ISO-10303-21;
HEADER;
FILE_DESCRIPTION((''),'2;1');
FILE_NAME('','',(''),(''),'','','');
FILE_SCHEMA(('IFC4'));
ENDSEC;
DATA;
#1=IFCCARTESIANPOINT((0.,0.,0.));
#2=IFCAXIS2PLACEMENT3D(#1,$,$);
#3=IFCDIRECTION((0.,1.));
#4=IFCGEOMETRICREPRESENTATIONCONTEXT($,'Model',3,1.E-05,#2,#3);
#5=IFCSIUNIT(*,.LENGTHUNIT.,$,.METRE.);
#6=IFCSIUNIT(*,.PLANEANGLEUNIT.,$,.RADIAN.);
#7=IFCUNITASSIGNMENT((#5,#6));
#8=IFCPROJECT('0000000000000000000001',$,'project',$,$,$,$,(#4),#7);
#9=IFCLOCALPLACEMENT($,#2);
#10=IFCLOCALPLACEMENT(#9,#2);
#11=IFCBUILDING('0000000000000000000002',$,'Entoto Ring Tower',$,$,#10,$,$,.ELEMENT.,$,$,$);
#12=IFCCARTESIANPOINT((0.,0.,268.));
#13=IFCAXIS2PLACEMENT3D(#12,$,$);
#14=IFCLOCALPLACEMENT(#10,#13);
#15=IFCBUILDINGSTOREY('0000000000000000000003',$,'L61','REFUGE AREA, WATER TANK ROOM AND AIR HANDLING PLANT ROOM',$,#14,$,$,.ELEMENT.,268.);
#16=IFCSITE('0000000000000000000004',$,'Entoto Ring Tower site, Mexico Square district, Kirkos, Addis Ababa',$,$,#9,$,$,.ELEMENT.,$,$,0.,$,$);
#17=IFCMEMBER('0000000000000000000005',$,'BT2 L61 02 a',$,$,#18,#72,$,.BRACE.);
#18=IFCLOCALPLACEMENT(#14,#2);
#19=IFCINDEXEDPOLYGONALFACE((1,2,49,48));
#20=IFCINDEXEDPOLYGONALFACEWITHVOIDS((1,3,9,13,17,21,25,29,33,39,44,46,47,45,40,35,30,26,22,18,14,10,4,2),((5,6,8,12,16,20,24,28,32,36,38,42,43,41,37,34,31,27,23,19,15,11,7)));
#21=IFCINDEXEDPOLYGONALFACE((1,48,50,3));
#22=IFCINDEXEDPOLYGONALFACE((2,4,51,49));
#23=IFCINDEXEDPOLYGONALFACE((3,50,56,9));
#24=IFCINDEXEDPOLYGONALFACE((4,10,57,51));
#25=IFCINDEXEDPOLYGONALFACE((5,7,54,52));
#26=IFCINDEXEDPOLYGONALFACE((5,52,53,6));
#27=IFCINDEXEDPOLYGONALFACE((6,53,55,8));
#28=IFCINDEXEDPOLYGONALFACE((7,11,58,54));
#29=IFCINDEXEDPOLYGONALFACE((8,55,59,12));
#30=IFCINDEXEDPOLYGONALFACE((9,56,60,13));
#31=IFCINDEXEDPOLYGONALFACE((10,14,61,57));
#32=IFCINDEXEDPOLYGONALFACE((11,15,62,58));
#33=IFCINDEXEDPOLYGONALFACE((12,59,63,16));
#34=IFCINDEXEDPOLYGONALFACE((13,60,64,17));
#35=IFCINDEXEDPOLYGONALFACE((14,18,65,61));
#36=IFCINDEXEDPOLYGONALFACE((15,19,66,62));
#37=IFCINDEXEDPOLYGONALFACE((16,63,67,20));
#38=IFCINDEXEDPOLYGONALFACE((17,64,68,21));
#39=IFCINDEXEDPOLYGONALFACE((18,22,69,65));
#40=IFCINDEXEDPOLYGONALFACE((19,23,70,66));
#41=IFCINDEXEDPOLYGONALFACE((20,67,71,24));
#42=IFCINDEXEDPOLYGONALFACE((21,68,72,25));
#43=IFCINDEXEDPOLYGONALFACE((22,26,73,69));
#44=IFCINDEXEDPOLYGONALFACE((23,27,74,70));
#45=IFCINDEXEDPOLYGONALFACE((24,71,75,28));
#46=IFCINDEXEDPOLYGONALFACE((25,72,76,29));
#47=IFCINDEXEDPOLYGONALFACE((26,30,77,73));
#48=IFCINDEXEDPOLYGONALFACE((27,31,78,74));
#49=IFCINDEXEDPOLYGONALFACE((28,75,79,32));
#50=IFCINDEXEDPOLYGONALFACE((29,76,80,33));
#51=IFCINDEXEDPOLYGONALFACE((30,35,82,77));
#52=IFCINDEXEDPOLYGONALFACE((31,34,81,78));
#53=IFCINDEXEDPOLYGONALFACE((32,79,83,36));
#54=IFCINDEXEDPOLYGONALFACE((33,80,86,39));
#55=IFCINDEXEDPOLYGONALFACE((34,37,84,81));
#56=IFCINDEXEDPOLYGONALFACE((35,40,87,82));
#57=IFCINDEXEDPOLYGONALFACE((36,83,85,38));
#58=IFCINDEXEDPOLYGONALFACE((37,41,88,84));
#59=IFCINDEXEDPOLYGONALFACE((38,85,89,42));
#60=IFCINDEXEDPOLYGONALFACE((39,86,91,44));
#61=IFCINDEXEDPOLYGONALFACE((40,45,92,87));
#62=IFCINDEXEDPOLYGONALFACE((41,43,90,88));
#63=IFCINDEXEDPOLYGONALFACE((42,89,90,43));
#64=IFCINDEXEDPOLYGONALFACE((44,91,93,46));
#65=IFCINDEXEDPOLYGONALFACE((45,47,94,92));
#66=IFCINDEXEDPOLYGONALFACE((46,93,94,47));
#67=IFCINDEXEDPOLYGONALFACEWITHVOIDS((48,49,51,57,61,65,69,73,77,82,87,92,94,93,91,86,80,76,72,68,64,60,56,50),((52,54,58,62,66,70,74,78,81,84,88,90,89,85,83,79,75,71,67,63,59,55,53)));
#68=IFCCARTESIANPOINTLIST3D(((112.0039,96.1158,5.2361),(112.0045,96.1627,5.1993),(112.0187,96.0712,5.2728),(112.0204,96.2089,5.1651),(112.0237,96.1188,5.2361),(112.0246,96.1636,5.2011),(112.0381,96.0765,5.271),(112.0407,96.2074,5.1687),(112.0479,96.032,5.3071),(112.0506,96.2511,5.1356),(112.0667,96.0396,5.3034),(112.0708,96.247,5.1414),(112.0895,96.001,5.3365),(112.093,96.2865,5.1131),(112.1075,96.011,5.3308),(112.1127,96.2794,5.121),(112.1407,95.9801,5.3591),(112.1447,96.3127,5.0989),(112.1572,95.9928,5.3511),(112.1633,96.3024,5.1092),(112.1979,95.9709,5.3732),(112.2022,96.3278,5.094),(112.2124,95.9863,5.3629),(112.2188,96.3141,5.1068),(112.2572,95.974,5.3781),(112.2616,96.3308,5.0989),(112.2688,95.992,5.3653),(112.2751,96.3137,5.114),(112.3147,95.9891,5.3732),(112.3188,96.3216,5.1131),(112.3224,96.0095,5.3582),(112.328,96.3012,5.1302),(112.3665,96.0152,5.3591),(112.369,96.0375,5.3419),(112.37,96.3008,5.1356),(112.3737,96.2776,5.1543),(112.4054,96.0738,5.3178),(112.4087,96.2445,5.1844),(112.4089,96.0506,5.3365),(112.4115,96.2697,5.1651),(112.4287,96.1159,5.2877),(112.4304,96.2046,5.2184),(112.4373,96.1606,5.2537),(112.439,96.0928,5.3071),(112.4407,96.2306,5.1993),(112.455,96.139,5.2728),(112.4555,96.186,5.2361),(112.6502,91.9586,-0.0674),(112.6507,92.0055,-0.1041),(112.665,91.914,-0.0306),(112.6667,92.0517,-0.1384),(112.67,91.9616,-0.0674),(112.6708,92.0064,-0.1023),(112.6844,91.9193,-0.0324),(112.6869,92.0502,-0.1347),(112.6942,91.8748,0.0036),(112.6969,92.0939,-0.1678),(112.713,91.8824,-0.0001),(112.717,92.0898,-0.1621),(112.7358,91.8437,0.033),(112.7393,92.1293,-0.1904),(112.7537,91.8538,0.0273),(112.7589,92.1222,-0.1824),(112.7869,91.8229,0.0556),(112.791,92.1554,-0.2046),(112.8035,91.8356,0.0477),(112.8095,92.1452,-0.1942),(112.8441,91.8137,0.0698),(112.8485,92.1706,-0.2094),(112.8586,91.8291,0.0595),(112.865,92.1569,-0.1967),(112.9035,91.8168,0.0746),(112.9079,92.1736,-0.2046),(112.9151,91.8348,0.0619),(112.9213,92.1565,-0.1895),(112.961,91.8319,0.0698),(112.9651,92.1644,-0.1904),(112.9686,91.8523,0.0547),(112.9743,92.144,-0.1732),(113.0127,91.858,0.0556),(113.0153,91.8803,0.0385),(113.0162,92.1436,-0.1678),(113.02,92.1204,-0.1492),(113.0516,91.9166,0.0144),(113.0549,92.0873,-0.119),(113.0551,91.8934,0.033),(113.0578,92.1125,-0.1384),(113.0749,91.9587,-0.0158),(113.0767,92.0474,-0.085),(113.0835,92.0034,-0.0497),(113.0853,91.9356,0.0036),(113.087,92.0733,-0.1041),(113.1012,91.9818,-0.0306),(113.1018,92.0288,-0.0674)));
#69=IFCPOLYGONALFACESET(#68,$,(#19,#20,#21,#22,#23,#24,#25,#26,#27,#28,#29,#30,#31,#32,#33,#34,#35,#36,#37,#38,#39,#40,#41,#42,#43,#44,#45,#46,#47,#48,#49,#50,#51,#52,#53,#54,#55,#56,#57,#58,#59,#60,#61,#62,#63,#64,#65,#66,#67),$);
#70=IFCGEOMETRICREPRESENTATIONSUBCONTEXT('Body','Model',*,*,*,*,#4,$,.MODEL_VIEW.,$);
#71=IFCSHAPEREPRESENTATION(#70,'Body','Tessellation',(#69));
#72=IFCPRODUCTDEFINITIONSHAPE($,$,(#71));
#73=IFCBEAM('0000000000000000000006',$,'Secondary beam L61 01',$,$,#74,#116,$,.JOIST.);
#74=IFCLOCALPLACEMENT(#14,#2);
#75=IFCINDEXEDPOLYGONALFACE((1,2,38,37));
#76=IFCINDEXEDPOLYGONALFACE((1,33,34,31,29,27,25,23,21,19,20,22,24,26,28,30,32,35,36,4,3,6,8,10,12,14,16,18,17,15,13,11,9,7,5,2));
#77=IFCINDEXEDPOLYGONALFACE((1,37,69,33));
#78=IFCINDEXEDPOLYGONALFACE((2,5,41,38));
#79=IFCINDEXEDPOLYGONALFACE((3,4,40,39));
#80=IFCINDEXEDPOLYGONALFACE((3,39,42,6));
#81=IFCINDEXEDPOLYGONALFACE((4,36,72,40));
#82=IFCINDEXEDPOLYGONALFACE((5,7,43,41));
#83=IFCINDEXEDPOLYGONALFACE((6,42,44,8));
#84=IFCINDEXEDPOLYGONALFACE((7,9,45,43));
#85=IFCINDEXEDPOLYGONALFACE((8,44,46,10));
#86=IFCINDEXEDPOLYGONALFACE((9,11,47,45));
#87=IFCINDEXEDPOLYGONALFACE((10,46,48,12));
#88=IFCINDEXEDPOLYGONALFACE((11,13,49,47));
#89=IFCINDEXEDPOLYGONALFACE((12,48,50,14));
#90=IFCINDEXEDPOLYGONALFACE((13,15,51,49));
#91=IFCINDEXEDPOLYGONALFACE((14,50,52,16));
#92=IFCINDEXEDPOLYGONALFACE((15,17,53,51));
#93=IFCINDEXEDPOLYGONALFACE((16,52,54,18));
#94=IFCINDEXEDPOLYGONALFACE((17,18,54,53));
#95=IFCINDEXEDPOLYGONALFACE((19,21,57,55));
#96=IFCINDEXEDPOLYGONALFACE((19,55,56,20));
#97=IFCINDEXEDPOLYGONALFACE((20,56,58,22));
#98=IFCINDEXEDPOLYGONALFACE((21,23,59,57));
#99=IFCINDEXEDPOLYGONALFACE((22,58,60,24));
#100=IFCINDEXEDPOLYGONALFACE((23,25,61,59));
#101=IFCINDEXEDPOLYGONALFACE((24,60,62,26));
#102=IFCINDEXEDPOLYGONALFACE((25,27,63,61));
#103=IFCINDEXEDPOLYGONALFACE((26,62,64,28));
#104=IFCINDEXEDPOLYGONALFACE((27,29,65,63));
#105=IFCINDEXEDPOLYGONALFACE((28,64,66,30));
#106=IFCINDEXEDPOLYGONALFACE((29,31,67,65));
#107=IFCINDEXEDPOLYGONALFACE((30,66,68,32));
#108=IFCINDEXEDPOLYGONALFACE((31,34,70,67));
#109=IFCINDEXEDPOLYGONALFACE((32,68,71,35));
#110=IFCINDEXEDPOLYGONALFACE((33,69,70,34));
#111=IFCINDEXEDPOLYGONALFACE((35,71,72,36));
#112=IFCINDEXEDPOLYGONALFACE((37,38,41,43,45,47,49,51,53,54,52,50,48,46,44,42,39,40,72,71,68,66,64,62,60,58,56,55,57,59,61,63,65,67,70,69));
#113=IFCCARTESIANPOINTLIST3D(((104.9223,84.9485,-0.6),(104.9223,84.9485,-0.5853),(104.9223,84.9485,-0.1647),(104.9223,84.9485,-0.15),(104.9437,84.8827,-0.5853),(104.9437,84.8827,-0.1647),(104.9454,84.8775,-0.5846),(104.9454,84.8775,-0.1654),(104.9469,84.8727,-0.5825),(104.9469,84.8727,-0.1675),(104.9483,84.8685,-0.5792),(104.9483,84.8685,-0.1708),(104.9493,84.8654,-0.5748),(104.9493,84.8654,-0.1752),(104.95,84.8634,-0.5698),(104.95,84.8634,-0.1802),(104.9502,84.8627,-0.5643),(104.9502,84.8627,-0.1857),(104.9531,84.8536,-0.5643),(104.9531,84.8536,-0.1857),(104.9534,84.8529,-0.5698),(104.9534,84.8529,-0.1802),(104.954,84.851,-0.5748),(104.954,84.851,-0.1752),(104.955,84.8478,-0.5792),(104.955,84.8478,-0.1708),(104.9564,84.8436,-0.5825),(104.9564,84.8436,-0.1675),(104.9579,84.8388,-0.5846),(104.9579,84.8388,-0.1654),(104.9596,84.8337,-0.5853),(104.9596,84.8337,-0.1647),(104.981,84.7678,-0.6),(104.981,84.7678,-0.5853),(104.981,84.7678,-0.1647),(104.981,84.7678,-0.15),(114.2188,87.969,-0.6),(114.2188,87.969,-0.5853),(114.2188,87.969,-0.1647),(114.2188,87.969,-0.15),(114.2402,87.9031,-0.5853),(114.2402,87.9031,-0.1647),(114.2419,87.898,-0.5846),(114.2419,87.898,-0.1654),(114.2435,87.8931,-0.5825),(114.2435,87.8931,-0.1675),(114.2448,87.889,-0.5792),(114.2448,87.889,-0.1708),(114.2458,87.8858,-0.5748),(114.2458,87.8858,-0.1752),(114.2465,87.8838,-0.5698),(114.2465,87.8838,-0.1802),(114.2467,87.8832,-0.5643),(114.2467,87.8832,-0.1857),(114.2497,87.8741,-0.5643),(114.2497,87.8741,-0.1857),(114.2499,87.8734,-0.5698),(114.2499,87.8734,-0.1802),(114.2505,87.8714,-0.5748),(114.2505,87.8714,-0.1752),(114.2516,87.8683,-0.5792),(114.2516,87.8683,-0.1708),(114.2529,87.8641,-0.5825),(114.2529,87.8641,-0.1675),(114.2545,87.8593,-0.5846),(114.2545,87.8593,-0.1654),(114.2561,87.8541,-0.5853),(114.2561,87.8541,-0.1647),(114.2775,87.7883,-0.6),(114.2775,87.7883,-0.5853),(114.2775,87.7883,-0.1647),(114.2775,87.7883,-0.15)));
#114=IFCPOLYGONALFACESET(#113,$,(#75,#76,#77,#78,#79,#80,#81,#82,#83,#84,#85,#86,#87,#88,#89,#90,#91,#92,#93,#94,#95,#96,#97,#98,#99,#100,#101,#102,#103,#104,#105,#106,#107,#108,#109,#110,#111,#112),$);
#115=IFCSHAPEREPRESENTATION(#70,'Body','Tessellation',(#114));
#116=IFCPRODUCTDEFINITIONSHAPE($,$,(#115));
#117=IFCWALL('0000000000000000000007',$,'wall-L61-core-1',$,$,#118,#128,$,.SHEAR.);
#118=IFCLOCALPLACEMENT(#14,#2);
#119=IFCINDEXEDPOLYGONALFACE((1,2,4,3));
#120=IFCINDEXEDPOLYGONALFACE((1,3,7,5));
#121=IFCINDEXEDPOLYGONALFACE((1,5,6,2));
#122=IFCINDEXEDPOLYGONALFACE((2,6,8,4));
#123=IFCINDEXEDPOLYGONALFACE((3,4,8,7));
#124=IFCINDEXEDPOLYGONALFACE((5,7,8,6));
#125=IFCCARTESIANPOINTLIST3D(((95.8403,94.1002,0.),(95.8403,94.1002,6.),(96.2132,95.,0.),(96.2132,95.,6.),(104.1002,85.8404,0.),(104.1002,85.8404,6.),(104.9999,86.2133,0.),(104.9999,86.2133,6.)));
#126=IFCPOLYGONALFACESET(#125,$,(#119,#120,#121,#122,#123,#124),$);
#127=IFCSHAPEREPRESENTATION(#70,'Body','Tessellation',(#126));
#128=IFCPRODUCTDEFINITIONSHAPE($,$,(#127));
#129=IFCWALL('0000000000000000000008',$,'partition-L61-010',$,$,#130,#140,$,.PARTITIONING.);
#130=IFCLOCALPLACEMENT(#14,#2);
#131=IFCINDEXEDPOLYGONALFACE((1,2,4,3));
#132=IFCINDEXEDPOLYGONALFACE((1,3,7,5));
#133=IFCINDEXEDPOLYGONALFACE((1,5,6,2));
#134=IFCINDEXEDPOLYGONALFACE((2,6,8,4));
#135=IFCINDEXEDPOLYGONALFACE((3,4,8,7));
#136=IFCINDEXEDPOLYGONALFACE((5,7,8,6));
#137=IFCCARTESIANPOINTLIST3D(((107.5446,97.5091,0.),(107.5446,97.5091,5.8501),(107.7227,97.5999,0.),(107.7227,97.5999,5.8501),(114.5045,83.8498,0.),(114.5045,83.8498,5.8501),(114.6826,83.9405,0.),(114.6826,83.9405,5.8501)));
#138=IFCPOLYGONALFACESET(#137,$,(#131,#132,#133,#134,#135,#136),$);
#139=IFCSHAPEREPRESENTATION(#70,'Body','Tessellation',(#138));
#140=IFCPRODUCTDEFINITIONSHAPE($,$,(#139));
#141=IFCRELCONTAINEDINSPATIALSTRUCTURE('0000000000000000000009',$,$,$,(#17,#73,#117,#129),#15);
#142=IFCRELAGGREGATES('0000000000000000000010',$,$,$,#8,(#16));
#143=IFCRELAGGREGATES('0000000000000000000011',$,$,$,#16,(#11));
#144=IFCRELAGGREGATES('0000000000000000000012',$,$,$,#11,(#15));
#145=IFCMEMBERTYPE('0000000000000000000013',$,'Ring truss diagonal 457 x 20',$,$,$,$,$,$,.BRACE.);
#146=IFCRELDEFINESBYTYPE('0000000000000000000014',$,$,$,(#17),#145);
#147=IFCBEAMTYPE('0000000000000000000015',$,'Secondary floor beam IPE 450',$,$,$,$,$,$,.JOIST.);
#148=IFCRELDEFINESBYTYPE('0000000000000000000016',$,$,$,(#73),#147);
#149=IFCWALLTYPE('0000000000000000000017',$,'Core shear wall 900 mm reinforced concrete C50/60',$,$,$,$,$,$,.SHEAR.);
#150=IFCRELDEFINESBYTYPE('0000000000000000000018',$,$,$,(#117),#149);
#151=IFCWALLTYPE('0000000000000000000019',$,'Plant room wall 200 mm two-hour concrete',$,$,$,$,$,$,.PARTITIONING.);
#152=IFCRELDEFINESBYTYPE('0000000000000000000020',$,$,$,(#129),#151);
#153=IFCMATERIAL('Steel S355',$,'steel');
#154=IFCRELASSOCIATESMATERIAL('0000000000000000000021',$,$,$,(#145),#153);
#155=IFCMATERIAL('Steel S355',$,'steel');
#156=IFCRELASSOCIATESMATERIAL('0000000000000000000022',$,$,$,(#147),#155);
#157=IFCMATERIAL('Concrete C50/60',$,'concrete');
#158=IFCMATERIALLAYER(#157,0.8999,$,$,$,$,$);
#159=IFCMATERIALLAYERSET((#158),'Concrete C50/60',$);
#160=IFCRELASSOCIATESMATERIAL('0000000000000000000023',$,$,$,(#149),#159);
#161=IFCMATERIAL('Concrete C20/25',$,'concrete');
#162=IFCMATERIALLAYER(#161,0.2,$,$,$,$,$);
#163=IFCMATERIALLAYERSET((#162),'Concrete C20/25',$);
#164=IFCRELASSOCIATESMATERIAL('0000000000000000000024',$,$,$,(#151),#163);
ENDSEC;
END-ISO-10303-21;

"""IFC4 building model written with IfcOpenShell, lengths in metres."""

from ifc_helpers import new_model, si_unit, direction, frame, frame_2d, origin, origin_2d, place, context, subcontext, project, spatial, polyline, rectangle, circle, hollow_circle, i_section, outline, extrude, material, layer, layer_set, material_profile, profile_set, type_object, element, save


model = new_model("IFC4")

# Units and contexts
model_context = context("Model", 3, precision=1e-05, world=origin(), true_north=direction((0.0, 1.0)))
body_context = subcontext(model_context, "Body", "Model", "MODEL_VIEW")
ifc_project = project(units=[si_unit("LENGTHUNIT", "METRE"), si_unit("PLANEANGLEUNIT", "RADIAN")], contexts=[model_context])

# Site, building, storey
site_placement = place(None, origin())
site = spatial("IfcSite", under=ifc_project, at=site_placement, Name="Entoto Ring Tower site, Mexico Square district, Kirkos, Addis Ababa", CompositionType="ELEMENT", RefElevation=0.0)
building_placement = place(site_placement, origin())
building = spatial("IfcBuilding", under=site, at=building_placement, Name="Entoto Ring Tower", CompositionType="ELEMENT")
storey_placement = place(building_placement, frame((0.0, 0.0, 268.0)))
storey = spatial("IfcBuildingStorey", under=building, at=storey_placement, Name="L61", Description="REFUGE AREA, WATER TANK ROOM AND AIR HANDLING PLANT ROOM", CompositionType="ELEMENT", Elevation=268.0)

# Member
ifc_material_1 = material(Name="Steel S355", Category="steel")
ifc_material_profile_1 = material_profile(ifc_material_1, hollow_circle(Radius=0.2285, WallThickness=0.02, at=origin_2d()), Name="CHS 457 x 20")
ifc_material_2 = material(Name="Concrete C60/75", Category="concrete")
ifc_material_profile_2 = material_profile(ifc_material_2, circle(Radius=0.2085, at=origin_2d()), Name="Concrete C60/75 infill")
ifc_profile_set_1 = profile_set([ifc_material_profile_1, ifc_material_profile_2], Name="Steel S355")
member_type_1 = type_object("IfcMemberType", Name="Ring truss diagonal 457 x 20", PredefinedType="BRACE", material=ifc_profile_set_1)
for number, where, z_axis, x_axis, name in (
    (1, (112.876, 91.9937, -0.0674), (-0.095463, 0.614106, 0.783429), (-0.988132, -0.153605, 0.0), "BT2 L61 02 a"),
):
    element("IfcMember", number, at=place(storey_placement, frame(where, z_axis=z_axis, x_axis=x_axis)), inside=storey, type_object=member_type_1, Name=name, PredefinedType="BRACE", context=body_context, shape_type="SweptSolid", body=[
        extrude(hollow_circle(Radius=0.2285, WallThickness=0.02, at=origin_2d()), origin(), (0.0, 0.0, 1.0), 6.7695),
    ])

# Beam
ifc_material_3 = material(Name="Steel S355", Category="steel")
ifc_material_profile_3 = material_profile(ifc_material_3, i_section(OverallWidth=0.1899, OverallDepth=0.45, WebThickness=0.0095, FlangeThickness=0.0146, FilletRadius=0.021, at=origin_2d()), Name="IPE 450")
ifc_profile_set_2 = profile_set([ifc_material_profile_3], Name="Steel S355")
beam_type_1 = type_object("IfcBeamType", Name="Secondary floor beam IPE 450", PredefinedType="JOIST", material=ifc_profile_set_2)
beam_1_placement = place(storey_placement, frame((104.9517, 84.8582, -0.375), z_axis=(0.951061, 0.309003, 0.0), x_axis=(-0.309003, 0.951061, 0.0)))
element("IfcBeam", 2, at=beam_1_placement, inside=storey, type_object=beam_type_1, Name="Secondary beam L61 01", PredefinedType="JOIST", context=body_context, shape_type="SweptSolid", body=[
    extrude(i_section(OverallWidth=0.1899, OverallDepth=0.45, WebThickness=0.0095, FlangeThickness=0.0146, FilletRadius=0.021, at=origin_2d()), origin(), (0.0, 0.0, 1.0), 9.7749),
])

# Walls
ifc_material_4 = material(Name="Concrete C50/60", Category="concrete")
ifc_layer_1 = layer(ifc_material_4, 0.8999)
ifc_layer_set_1 = layer_set([ifc_layer_1], Name="Concrete C50/60")
wall_type_1 = type_object("IfcWallType", Name="Core shear wall 900 mm reinforced concrete C50/60", PredefinedType="SHEAR", material=ifc_layer_set_1)
wall_1_placement = place(storey_placement, frame((104.55, 86.0269, 0.0), z_axis=(0.0, 0.0, 1.0), x_axis=(-0.707107, 0.707107, 0.0)))
element("IfcWall", 3, at=wall_1_placement, inside=storey, type_object=wall_type_1, Name="wall-L61-core-1", PredefinedType="SHEAR", context=body_context, shape_type="SweptSolid", body=[
    extrude(outline(polyline([(-0.1863, -0.45), (12.24, -0.45), (11.8674, 0.45), (0.1863, 0.45), (-0.1863, -0.45)])), origin(), (0.0, 0.0, 1.0), 6.0),
])
ifc_material_5 = material(Name="Concrete C20/25", Category="concrete")
ifc_layer_2 = layer(ifc_material_5, 0.2)
ifc_layer_set_2 = layer_set([ifc_layer_2], Name="Concrete C20/25")
wall_type_2 = type_object("IfcWallType", Name="Plant room wall 200 mm two-hour concrete", PredefinedType="PARTITIONING", material=ifc_layer_set_2)
wall_2_placement = place(storey_placement, frame((114.5935, 83.8953, 0.0), z_axis=(0.0, 0.0, 1.0), x_axis=(-0.453998, 0.891003, 0.0)))
element("IfcWall", 4, at=wall_2_placement, inside=storey, type_object=wall_type_2, Name="partition-L61-010", PredefinedType="PARTITIONING", context=body_context, shape_type="SweptSolid", body=[
    extrude(rectangle(XDim=15.3303, YDim=0.2, at=frame_2d((7.665, 0.0))), origin(), (0.0, 0.0, 1.0), 5.8501),
])

save(model, "model.ifc")
